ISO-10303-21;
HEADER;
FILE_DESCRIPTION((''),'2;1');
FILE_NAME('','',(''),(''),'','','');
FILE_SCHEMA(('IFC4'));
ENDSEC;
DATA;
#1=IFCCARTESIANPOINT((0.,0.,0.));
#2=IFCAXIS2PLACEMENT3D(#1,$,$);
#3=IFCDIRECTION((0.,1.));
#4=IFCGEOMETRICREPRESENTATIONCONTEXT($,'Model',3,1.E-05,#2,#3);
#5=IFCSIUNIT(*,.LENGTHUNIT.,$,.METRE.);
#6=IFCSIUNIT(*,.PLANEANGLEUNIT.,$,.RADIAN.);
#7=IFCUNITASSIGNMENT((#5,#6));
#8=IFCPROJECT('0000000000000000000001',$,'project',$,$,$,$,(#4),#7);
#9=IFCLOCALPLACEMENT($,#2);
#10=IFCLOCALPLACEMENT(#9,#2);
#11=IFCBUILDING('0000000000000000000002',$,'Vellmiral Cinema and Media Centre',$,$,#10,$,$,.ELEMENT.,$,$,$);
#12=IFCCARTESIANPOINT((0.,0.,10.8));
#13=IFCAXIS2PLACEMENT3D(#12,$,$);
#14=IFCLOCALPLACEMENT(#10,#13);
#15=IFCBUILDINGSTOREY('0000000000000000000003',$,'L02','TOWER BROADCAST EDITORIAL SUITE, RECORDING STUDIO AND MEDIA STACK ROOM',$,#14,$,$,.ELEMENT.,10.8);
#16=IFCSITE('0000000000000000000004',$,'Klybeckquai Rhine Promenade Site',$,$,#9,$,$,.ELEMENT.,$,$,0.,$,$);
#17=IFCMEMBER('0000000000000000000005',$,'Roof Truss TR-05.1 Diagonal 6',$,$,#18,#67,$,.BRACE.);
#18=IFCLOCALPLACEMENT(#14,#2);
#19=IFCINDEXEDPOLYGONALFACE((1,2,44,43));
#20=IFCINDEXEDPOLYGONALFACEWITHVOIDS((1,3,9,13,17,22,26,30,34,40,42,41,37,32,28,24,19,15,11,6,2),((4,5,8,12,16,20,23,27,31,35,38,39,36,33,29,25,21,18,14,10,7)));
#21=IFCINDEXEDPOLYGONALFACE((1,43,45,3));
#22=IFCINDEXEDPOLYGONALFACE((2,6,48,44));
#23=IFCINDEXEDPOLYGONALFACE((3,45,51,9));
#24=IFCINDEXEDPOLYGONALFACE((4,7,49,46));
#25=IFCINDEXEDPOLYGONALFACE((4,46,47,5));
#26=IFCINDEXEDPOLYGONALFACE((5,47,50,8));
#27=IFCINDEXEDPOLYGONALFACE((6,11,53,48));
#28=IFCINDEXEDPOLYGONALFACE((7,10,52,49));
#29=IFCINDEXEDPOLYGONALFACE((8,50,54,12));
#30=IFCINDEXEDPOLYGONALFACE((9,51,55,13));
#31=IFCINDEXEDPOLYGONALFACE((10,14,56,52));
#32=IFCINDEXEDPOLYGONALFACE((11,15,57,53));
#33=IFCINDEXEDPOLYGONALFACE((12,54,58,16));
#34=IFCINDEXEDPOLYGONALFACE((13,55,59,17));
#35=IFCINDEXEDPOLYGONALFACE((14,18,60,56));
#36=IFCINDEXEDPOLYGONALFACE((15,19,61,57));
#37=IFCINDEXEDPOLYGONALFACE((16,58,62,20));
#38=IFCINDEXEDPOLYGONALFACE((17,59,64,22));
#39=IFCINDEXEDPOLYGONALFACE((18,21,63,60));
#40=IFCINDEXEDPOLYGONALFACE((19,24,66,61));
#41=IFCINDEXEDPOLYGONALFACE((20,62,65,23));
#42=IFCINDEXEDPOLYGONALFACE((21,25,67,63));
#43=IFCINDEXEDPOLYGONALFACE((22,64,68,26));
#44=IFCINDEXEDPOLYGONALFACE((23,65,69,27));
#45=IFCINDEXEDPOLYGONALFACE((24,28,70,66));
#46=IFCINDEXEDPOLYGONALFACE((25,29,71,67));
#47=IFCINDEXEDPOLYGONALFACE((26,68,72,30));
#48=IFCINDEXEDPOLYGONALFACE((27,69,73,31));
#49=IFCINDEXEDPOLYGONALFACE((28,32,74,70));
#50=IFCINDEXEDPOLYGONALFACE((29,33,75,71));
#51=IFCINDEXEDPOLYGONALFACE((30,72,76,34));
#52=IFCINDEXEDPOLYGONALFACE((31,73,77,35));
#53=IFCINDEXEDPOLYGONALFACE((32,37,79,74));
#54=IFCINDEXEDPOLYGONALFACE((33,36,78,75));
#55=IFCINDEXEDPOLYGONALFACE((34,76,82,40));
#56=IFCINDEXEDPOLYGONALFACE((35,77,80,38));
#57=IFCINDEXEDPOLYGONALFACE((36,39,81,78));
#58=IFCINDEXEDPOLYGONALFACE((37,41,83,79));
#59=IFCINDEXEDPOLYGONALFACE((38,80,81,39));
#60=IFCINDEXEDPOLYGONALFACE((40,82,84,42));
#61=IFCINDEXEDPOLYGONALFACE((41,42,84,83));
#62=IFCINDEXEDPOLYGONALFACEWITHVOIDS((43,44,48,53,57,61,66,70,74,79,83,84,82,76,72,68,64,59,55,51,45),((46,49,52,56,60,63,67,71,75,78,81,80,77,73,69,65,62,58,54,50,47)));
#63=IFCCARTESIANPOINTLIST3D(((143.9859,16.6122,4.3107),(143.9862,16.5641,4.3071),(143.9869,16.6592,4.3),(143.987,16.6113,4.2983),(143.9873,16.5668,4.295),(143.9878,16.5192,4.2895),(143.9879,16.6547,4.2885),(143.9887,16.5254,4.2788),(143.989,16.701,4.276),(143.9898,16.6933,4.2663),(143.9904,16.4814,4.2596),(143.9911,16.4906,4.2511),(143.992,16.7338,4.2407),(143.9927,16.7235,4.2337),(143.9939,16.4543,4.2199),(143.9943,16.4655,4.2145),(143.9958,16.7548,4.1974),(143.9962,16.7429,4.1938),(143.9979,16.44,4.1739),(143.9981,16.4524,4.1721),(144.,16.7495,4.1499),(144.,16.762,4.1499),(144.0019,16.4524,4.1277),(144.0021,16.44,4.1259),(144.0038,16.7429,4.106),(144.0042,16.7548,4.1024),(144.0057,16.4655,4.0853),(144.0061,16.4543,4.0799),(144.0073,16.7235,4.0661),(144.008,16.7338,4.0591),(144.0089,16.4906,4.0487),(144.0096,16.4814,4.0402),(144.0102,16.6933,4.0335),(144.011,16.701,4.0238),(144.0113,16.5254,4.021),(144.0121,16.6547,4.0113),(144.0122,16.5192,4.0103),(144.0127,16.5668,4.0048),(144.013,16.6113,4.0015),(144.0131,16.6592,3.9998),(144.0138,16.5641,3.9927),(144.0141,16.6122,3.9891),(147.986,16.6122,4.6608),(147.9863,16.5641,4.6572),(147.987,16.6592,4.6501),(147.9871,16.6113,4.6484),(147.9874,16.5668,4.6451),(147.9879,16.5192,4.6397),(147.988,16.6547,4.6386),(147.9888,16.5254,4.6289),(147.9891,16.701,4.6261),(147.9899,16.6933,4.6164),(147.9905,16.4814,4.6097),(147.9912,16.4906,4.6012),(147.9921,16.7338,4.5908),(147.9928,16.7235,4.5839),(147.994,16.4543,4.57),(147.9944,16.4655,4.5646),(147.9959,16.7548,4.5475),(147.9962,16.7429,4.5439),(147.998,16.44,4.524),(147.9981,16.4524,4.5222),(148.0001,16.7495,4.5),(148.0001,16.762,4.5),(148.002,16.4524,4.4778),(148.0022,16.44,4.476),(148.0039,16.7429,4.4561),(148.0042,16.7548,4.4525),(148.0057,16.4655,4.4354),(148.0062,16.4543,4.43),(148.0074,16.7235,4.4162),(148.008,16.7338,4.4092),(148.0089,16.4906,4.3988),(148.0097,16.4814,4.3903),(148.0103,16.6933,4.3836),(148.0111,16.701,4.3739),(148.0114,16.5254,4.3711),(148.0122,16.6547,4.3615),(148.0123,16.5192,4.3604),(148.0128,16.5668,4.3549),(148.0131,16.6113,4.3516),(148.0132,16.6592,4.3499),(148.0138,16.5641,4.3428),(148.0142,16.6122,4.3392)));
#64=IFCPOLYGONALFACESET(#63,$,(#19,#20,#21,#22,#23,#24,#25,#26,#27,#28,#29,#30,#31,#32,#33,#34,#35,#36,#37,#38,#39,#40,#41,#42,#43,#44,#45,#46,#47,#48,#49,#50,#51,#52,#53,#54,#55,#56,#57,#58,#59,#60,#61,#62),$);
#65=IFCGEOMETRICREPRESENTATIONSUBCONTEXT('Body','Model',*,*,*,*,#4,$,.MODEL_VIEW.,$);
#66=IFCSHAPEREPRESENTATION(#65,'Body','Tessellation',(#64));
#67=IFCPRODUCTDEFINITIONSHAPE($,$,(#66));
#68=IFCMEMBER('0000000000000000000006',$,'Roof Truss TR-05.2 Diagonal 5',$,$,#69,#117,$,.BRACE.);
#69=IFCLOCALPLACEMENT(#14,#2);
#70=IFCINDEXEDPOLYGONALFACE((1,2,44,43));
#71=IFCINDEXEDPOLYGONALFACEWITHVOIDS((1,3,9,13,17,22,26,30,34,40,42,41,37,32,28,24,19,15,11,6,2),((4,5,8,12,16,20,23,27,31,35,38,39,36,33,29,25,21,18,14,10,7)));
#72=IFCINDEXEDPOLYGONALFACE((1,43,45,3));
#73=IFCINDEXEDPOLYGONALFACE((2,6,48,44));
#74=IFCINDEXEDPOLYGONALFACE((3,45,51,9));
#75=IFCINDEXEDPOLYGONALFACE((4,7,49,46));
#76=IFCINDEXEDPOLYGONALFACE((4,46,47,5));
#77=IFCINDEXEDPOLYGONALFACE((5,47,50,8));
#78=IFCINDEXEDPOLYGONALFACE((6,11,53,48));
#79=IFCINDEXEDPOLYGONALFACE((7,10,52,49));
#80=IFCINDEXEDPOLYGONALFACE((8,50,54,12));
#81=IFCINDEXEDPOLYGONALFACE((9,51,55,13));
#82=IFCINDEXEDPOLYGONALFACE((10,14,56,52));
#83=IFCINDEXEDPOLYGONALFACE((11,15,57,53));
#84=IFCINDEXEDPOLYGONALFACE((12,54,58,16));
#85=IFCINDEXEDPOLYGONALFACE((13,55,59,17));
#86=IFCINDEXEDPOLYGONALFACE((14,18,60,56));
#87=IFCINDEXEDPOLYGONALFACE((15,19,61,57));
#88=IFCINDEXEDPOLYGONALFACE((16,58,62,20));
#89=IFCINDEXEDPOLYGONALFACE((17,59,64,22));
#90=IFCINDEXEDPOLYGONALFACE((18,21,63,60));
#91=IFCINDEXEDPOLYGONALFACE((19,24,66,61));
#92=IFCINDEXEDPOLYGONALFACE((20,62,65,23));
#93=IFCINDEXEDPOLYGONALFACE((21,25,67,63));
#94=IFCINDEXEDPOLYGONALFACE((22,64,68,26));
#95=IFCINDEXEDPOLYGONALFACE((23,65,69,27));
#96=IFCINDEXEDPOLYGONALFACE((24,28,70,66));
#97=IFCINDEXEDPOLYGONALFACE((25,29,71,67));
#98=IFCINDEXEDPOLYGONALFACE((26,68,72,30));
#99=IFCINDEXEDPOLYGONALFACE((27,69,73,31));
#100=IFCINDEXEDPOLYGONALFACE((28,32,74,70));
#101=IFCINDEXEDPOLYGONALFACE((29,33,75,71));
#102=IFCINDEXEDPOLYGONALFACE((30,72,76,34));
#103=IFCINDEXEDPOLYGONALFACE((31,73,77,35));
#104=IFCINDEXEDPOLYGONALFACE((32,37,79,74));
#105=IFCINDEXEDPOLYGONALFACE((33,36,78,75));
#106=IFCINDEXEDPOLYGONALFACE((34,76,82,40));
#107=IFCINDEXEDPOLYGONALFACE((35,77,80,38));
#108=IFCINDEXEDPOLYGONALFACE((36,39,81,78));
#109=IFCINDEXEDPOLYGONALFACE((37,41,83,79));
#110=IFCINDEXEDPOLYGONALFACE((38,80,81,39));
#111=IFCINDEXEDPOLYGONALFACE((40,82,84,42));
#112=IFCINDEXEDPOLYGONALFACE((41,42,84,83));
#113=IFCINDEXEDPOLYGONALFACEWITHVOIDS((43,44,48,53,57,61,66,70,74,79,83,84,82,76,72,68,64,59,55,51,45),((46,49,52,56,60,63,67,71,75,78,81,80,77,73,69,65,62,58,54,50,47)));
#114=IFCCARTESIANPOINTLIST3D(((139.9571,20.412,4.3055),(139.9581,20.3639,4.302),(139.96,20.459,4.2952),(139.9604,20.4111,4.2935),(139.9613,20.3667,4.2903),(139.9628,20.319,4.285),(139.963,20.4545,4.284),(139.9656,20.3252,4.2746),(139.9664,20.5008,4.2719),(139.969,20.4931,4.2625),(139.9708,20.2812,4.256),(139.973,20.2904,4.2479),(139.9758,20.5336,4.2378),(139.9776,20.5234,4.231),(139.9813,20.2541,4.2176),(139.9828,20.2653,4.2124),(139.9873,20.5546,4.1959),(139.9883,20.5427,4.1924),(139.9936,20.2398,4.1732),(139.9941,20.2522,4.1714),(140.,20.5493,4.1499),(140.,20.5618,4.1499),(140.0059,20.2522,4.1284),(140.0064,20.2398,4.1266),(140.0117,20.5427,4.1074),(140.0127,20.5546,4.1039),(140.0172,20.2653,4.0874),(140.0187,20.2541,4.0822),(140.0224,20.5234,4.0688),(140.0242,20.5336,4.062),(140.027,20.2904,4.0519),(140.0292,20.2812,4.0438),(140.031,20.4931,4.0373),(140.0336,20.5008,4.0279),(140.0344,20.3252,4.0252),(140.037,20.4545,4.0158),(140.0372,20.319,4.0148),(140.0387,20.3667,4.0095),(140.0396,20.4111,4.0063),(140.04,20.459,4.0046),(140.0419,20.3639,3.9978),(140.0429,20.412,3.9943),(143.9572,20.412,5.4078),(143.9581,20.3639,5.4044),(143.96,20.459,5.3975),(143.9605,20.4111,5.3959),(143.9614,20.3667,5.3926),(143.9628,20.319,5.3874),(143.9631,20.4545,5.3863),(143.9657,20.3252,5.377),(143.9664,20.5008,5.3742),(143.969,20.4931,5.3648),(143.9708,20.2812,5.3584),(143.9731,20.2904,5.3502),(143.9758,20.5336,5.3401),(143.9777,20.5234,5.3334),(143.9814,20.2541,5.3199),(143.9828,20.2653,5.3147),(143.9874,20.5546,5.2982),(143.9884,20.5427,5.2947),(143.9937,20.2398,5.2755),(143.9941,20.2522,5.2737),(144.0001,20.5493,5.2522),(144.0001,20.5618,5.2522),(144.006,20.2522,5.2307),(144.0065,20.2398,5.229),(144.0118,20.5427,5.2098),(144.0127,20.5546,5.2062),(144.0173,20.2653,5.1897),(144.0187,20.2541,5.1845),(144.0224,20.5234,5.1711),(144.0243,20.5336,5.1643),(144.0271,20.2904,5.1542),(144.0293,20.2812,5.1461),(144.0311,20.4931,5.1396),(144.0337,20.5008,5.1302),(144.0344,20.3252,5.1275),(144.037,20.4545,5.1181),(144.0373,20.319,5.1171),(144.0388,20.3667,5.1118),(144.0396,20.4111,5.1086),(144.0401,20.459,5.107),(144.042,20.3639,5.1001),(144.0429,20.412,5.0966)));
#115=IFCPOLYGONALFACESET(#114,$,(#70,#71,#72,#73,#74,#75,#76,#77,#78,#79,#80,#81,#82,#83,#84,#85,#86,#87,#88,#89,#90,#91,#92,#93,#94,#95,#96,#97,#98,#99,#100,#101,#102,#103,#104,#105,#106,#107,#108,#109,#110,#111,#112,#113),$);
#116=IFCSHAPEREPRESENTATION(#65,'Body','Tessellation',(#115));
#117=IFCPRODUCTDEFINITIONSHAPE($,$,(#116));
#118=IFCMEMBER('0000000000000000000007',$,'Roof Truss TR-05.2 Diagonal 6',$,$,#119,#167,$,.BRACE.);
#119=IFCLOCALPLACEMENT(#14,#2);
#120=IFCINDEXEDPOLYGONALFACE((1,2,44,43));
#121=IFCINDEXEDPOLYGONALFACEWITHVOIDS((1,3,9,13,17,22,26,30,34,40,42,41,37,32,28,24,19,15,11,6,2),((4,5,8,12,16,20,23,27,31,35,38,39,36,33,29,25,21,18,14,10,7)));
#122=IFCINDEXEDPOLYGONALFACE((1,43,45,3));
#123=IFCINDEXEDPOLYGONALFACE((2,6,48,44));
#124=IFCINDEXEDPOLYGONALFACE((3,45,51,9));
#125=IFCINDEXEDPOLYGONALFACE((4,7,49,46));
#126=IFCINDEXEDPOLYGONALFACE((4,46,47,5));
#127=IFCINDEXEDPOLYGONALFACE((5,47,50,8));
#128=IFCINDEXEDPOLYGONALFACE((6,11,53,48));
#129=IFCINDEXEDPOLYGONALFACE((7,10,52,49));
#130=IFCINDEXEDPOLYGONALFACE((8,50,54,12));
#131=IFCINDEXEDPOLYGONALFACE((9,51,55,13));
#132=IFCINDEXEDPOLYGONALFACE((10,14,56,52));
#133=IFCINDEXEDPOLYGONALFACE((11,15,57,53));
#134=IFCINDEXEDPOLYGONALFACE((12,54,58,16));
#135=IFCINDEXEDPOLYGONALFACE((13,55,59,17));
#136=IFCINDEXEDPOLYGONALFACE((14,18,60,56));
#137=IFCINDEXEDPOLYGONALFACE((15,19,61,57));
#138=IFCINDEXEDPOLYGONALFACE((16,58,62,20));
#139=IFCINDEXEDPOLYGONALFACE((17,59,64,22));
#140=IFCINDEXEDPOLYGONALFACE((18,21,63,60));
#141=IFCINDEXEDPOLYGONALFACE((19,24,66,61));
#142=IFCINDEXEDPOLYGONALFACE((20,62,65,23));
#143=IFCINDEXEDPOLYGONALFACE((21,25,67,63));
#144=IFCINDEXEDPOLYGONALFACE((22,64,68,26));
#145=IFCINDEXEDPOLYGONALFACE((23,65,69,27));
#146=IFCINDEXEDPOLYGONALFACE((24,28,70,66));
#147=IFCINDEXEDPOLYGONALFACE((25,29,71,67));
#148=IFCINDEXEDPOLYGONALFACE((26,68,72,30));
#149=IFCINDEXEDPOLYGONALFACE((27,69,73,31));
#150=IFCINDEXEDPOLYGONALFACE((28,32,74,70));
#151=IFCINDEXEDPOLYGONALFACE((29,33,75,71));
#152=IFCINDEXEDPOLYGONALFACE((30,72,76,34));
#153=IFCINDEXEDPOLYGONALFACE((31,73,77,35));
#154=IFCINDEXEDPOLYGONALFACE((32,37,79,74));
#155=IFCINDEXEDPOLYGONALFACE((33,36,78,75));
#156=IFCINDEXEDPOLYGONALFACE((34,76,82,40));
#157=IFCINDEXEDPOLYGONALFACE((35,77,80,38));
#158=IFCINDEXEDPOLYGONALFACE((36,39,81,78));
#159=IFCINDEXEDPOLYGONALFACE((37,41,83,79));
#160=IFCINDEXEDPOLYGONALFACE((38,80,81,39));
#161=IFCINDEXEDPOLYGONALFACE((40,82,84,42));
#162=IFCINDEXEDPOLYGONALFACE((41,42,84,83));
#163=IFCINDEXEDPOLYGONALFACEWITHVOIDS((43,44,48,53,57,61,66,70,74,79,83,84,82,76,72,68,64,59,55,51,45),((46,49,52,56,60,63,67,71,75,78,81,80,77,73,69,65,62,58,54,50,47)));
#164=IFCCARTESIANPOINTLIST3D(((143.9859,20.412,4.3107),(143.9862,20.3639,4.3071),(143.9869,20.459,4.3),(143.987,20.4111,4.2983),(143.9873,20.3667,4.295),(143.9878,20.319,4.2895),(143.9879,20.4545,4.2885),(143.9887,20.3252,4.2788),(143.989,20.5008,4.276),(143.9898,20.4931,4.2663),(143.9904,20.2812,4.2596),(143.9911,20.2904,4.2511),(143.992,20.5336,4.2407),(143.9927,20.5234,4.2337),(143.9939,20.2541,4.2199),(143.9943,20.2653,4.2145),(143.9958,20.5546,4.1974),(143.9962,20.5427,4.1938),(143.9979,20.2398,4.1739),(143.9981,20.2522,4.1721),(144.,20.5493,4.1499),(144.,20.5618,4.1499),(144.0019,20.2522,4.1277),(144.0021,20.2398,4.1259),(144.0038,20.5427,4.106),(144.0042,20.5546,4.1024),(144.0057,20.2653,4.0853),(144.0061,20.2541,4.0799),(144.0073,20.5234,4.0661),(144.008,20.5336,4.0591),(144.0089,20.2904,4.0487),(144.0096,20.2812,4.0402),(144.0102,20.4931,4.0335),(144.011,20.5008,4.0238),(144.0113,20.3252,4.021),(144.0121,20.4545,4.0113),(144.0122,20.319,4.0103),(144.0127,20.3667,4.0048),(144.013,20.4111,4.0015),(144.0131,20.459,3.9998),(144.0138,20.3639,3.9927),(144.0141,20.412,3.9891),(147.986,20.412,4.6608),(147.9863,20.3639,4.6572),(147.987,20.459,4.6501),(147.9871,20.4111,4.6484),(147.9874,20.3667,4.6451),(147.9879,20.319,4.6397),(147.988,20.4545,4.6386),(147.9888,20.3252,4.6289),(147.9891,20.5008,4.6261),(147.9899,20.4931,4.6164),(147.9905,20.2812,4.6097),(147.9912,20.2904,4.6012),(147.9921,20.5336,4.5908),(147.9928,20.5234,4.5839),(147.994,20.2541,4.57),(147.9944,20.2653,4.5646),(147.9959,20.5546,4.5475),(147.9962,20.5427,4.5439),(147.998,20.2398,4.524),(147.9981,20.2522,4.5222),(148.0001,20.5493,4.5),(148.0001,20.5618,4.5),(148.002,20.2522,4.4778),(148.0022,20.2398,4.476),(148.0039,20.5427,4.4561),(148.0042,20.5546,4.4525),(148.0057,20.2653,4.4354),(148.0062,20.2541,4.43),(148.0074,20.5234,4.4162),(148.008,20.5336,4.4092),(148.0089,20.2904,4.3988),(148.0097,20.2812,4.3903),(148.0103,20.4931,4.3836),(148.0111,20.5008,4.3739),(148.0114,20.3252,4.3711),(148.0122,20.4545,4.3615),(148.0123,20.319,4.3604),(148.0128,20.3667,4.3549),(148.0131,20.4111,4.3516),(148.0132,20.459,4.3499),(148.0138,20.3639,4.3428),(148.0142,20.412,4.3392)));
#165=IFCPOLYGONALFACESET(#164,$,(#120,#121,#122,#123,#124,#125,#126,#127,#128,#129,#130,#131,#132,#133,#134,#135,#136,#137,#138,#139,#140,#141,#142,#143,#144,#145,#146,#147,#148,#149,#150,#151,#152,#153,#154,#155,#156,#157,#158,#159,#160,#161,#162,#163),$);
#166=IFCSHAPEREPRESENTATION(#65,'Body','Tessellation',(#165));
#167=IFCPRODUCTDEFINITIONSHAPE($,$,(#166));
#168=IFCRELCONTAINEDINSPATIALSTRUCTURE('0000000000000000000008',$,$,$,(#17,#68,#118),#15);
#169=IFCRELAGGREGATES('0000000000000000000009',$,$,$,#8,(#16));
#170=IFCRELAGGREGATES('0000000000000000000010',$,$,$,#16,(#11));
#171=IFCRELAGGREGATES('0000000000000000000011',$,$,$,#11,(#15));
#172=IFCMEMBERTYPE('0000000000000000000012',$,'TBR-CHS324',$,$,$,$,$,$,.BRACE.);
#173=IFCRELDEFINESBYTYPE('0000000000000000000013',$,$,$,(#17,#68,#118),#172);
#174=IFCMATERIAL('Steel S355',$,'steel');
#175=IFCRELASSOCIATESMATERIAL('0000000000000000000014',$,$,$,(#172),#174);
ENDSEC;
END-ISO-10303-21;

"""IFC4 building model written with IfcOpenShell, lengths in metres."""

from ifc_helpers import new_model, si_unit, direction, frame, origin, origin_2d, place, context, subcontext, project, spatial, hollow_circle, extrude, material, material_profile, profile_set, type_object, element, save


model = new_model("IFC4")

# Units and contexts
model_context = context("Model", 3, precision=1e-05, world=origin(), true_north=direction((0.0, 1.0)))
body_context = subcontext(model_context, "Body", "Model", "MODEL_VIEW")
ifc_project = project(units=[si_unit("LENGTHUNIT", "METRE"), si_unit("PLANEANGLEUNIT", "RADIAN")], contexts=[model_context])

# Site, building, storey
site_placement = place(None, origin())
site = spatial("IfcSite", under=ifc_project, at=site_placement, Name="Klybeckquai Rhine Promenade Site", CompositionType="ELEMENT", RefElevation=0.0)
building_placement = place(site_placement, origin())
building = spatial("IfcBuilding", under=site, at=building_placement, Name="Vellmiral Cinema and Media Centre", CompositionType="ELEMENT")
storey_placement = place(building_placement, frame((0.0, 0.0, 10.8)))
storey = spatial("IfcBuildingStorey", under=building, at=storey_placement, Name="L02", Description="TOWER BROADCAST EDITORIAL SUITE, RECORDING STUDIO AND MEDIA STACK ROOM", CompositionType="ELEMENT", Elevation=10.8)

# Members
ifc_material_1 = material(Name="Steel S355", Category="steel")
ifc_material_profile_1 = material_profile(ifc_material_1, hollow_circle(Radius=0.1619, WallThickness=0.0125, at=origin_2d()), Name="CHS 323.9x12.5")
ifc_profile_set_1 = profile_set([ifc_material_profile_1], Name="Steel S355")
member_type_1 = type_object("IfcMemberType", Name="TBR-CHS324", PredefinedType="BRACE", material=ifc_profile_set_1)
member_1_placement = place(storey_placement, frame((144.0, 16.6001, 4.1499), z_axis=(0.996192, 0.0, 0.087191), x_axis=(0.0, 1.0, 0.0)))
element("IfcMember", 1, at=member_1_placement, inside=storey, type_object=member_type_1, Name="Roof Truss TR-05.1 Diagonal 6", PredefinedType="BRACE", context=body_context, shape_type="SweptSolid", body=[
    extrude(hollow_circle(Radius=0.1619, WallThickness=0.0125, at=origin_2d()), origin(), (0.0, 0.0, 1.0), 4.0154),
])
member_2_placement = place(storey_placement, frame((140.0, 20.3999, 4.1499), z_axis=(0.964064, 0.0, 0.265671), x_axis=(0.0, 1.0, 0.0)))
element("IfcMember", 2, at=member_2_placement, inside=storey, type_object=member_type_1, Name="Roof Truss TR-05.2 Diagonal 5", PredefinedType="BRACE", context=body_context, shape_type="SweptSolid", body=[
    extrude(hollow_circle(Radius=0.1619, WallThickness=0.0125, at=origin_2d()), origin(), (0.0, 0.0, 1.0), 4.1492),
])
member_3_placement = place(storey_placement, frame((144.0, 20.3999, 4.1499), z_axis=(0.996192, 0.0, 0.087191), x_axis=(0.0, 1.0, 0.0)))
element("IfcMember", 3, at=member_3_placement, inside=storey, type_object=member_type_1, Name="Roof Truss TR-05.2 Diagonal 6", PredefinedType="BRACE", context=body_context, shape_type="SweptSolid", body=[
    extrude(hollow_circle(Radius=0.1619, WallThickness=0.0125, at=origin_2d()), origin(), (0.0, 0.0, 1.0), 4.0154),
])

save(model, "model.ifc")
